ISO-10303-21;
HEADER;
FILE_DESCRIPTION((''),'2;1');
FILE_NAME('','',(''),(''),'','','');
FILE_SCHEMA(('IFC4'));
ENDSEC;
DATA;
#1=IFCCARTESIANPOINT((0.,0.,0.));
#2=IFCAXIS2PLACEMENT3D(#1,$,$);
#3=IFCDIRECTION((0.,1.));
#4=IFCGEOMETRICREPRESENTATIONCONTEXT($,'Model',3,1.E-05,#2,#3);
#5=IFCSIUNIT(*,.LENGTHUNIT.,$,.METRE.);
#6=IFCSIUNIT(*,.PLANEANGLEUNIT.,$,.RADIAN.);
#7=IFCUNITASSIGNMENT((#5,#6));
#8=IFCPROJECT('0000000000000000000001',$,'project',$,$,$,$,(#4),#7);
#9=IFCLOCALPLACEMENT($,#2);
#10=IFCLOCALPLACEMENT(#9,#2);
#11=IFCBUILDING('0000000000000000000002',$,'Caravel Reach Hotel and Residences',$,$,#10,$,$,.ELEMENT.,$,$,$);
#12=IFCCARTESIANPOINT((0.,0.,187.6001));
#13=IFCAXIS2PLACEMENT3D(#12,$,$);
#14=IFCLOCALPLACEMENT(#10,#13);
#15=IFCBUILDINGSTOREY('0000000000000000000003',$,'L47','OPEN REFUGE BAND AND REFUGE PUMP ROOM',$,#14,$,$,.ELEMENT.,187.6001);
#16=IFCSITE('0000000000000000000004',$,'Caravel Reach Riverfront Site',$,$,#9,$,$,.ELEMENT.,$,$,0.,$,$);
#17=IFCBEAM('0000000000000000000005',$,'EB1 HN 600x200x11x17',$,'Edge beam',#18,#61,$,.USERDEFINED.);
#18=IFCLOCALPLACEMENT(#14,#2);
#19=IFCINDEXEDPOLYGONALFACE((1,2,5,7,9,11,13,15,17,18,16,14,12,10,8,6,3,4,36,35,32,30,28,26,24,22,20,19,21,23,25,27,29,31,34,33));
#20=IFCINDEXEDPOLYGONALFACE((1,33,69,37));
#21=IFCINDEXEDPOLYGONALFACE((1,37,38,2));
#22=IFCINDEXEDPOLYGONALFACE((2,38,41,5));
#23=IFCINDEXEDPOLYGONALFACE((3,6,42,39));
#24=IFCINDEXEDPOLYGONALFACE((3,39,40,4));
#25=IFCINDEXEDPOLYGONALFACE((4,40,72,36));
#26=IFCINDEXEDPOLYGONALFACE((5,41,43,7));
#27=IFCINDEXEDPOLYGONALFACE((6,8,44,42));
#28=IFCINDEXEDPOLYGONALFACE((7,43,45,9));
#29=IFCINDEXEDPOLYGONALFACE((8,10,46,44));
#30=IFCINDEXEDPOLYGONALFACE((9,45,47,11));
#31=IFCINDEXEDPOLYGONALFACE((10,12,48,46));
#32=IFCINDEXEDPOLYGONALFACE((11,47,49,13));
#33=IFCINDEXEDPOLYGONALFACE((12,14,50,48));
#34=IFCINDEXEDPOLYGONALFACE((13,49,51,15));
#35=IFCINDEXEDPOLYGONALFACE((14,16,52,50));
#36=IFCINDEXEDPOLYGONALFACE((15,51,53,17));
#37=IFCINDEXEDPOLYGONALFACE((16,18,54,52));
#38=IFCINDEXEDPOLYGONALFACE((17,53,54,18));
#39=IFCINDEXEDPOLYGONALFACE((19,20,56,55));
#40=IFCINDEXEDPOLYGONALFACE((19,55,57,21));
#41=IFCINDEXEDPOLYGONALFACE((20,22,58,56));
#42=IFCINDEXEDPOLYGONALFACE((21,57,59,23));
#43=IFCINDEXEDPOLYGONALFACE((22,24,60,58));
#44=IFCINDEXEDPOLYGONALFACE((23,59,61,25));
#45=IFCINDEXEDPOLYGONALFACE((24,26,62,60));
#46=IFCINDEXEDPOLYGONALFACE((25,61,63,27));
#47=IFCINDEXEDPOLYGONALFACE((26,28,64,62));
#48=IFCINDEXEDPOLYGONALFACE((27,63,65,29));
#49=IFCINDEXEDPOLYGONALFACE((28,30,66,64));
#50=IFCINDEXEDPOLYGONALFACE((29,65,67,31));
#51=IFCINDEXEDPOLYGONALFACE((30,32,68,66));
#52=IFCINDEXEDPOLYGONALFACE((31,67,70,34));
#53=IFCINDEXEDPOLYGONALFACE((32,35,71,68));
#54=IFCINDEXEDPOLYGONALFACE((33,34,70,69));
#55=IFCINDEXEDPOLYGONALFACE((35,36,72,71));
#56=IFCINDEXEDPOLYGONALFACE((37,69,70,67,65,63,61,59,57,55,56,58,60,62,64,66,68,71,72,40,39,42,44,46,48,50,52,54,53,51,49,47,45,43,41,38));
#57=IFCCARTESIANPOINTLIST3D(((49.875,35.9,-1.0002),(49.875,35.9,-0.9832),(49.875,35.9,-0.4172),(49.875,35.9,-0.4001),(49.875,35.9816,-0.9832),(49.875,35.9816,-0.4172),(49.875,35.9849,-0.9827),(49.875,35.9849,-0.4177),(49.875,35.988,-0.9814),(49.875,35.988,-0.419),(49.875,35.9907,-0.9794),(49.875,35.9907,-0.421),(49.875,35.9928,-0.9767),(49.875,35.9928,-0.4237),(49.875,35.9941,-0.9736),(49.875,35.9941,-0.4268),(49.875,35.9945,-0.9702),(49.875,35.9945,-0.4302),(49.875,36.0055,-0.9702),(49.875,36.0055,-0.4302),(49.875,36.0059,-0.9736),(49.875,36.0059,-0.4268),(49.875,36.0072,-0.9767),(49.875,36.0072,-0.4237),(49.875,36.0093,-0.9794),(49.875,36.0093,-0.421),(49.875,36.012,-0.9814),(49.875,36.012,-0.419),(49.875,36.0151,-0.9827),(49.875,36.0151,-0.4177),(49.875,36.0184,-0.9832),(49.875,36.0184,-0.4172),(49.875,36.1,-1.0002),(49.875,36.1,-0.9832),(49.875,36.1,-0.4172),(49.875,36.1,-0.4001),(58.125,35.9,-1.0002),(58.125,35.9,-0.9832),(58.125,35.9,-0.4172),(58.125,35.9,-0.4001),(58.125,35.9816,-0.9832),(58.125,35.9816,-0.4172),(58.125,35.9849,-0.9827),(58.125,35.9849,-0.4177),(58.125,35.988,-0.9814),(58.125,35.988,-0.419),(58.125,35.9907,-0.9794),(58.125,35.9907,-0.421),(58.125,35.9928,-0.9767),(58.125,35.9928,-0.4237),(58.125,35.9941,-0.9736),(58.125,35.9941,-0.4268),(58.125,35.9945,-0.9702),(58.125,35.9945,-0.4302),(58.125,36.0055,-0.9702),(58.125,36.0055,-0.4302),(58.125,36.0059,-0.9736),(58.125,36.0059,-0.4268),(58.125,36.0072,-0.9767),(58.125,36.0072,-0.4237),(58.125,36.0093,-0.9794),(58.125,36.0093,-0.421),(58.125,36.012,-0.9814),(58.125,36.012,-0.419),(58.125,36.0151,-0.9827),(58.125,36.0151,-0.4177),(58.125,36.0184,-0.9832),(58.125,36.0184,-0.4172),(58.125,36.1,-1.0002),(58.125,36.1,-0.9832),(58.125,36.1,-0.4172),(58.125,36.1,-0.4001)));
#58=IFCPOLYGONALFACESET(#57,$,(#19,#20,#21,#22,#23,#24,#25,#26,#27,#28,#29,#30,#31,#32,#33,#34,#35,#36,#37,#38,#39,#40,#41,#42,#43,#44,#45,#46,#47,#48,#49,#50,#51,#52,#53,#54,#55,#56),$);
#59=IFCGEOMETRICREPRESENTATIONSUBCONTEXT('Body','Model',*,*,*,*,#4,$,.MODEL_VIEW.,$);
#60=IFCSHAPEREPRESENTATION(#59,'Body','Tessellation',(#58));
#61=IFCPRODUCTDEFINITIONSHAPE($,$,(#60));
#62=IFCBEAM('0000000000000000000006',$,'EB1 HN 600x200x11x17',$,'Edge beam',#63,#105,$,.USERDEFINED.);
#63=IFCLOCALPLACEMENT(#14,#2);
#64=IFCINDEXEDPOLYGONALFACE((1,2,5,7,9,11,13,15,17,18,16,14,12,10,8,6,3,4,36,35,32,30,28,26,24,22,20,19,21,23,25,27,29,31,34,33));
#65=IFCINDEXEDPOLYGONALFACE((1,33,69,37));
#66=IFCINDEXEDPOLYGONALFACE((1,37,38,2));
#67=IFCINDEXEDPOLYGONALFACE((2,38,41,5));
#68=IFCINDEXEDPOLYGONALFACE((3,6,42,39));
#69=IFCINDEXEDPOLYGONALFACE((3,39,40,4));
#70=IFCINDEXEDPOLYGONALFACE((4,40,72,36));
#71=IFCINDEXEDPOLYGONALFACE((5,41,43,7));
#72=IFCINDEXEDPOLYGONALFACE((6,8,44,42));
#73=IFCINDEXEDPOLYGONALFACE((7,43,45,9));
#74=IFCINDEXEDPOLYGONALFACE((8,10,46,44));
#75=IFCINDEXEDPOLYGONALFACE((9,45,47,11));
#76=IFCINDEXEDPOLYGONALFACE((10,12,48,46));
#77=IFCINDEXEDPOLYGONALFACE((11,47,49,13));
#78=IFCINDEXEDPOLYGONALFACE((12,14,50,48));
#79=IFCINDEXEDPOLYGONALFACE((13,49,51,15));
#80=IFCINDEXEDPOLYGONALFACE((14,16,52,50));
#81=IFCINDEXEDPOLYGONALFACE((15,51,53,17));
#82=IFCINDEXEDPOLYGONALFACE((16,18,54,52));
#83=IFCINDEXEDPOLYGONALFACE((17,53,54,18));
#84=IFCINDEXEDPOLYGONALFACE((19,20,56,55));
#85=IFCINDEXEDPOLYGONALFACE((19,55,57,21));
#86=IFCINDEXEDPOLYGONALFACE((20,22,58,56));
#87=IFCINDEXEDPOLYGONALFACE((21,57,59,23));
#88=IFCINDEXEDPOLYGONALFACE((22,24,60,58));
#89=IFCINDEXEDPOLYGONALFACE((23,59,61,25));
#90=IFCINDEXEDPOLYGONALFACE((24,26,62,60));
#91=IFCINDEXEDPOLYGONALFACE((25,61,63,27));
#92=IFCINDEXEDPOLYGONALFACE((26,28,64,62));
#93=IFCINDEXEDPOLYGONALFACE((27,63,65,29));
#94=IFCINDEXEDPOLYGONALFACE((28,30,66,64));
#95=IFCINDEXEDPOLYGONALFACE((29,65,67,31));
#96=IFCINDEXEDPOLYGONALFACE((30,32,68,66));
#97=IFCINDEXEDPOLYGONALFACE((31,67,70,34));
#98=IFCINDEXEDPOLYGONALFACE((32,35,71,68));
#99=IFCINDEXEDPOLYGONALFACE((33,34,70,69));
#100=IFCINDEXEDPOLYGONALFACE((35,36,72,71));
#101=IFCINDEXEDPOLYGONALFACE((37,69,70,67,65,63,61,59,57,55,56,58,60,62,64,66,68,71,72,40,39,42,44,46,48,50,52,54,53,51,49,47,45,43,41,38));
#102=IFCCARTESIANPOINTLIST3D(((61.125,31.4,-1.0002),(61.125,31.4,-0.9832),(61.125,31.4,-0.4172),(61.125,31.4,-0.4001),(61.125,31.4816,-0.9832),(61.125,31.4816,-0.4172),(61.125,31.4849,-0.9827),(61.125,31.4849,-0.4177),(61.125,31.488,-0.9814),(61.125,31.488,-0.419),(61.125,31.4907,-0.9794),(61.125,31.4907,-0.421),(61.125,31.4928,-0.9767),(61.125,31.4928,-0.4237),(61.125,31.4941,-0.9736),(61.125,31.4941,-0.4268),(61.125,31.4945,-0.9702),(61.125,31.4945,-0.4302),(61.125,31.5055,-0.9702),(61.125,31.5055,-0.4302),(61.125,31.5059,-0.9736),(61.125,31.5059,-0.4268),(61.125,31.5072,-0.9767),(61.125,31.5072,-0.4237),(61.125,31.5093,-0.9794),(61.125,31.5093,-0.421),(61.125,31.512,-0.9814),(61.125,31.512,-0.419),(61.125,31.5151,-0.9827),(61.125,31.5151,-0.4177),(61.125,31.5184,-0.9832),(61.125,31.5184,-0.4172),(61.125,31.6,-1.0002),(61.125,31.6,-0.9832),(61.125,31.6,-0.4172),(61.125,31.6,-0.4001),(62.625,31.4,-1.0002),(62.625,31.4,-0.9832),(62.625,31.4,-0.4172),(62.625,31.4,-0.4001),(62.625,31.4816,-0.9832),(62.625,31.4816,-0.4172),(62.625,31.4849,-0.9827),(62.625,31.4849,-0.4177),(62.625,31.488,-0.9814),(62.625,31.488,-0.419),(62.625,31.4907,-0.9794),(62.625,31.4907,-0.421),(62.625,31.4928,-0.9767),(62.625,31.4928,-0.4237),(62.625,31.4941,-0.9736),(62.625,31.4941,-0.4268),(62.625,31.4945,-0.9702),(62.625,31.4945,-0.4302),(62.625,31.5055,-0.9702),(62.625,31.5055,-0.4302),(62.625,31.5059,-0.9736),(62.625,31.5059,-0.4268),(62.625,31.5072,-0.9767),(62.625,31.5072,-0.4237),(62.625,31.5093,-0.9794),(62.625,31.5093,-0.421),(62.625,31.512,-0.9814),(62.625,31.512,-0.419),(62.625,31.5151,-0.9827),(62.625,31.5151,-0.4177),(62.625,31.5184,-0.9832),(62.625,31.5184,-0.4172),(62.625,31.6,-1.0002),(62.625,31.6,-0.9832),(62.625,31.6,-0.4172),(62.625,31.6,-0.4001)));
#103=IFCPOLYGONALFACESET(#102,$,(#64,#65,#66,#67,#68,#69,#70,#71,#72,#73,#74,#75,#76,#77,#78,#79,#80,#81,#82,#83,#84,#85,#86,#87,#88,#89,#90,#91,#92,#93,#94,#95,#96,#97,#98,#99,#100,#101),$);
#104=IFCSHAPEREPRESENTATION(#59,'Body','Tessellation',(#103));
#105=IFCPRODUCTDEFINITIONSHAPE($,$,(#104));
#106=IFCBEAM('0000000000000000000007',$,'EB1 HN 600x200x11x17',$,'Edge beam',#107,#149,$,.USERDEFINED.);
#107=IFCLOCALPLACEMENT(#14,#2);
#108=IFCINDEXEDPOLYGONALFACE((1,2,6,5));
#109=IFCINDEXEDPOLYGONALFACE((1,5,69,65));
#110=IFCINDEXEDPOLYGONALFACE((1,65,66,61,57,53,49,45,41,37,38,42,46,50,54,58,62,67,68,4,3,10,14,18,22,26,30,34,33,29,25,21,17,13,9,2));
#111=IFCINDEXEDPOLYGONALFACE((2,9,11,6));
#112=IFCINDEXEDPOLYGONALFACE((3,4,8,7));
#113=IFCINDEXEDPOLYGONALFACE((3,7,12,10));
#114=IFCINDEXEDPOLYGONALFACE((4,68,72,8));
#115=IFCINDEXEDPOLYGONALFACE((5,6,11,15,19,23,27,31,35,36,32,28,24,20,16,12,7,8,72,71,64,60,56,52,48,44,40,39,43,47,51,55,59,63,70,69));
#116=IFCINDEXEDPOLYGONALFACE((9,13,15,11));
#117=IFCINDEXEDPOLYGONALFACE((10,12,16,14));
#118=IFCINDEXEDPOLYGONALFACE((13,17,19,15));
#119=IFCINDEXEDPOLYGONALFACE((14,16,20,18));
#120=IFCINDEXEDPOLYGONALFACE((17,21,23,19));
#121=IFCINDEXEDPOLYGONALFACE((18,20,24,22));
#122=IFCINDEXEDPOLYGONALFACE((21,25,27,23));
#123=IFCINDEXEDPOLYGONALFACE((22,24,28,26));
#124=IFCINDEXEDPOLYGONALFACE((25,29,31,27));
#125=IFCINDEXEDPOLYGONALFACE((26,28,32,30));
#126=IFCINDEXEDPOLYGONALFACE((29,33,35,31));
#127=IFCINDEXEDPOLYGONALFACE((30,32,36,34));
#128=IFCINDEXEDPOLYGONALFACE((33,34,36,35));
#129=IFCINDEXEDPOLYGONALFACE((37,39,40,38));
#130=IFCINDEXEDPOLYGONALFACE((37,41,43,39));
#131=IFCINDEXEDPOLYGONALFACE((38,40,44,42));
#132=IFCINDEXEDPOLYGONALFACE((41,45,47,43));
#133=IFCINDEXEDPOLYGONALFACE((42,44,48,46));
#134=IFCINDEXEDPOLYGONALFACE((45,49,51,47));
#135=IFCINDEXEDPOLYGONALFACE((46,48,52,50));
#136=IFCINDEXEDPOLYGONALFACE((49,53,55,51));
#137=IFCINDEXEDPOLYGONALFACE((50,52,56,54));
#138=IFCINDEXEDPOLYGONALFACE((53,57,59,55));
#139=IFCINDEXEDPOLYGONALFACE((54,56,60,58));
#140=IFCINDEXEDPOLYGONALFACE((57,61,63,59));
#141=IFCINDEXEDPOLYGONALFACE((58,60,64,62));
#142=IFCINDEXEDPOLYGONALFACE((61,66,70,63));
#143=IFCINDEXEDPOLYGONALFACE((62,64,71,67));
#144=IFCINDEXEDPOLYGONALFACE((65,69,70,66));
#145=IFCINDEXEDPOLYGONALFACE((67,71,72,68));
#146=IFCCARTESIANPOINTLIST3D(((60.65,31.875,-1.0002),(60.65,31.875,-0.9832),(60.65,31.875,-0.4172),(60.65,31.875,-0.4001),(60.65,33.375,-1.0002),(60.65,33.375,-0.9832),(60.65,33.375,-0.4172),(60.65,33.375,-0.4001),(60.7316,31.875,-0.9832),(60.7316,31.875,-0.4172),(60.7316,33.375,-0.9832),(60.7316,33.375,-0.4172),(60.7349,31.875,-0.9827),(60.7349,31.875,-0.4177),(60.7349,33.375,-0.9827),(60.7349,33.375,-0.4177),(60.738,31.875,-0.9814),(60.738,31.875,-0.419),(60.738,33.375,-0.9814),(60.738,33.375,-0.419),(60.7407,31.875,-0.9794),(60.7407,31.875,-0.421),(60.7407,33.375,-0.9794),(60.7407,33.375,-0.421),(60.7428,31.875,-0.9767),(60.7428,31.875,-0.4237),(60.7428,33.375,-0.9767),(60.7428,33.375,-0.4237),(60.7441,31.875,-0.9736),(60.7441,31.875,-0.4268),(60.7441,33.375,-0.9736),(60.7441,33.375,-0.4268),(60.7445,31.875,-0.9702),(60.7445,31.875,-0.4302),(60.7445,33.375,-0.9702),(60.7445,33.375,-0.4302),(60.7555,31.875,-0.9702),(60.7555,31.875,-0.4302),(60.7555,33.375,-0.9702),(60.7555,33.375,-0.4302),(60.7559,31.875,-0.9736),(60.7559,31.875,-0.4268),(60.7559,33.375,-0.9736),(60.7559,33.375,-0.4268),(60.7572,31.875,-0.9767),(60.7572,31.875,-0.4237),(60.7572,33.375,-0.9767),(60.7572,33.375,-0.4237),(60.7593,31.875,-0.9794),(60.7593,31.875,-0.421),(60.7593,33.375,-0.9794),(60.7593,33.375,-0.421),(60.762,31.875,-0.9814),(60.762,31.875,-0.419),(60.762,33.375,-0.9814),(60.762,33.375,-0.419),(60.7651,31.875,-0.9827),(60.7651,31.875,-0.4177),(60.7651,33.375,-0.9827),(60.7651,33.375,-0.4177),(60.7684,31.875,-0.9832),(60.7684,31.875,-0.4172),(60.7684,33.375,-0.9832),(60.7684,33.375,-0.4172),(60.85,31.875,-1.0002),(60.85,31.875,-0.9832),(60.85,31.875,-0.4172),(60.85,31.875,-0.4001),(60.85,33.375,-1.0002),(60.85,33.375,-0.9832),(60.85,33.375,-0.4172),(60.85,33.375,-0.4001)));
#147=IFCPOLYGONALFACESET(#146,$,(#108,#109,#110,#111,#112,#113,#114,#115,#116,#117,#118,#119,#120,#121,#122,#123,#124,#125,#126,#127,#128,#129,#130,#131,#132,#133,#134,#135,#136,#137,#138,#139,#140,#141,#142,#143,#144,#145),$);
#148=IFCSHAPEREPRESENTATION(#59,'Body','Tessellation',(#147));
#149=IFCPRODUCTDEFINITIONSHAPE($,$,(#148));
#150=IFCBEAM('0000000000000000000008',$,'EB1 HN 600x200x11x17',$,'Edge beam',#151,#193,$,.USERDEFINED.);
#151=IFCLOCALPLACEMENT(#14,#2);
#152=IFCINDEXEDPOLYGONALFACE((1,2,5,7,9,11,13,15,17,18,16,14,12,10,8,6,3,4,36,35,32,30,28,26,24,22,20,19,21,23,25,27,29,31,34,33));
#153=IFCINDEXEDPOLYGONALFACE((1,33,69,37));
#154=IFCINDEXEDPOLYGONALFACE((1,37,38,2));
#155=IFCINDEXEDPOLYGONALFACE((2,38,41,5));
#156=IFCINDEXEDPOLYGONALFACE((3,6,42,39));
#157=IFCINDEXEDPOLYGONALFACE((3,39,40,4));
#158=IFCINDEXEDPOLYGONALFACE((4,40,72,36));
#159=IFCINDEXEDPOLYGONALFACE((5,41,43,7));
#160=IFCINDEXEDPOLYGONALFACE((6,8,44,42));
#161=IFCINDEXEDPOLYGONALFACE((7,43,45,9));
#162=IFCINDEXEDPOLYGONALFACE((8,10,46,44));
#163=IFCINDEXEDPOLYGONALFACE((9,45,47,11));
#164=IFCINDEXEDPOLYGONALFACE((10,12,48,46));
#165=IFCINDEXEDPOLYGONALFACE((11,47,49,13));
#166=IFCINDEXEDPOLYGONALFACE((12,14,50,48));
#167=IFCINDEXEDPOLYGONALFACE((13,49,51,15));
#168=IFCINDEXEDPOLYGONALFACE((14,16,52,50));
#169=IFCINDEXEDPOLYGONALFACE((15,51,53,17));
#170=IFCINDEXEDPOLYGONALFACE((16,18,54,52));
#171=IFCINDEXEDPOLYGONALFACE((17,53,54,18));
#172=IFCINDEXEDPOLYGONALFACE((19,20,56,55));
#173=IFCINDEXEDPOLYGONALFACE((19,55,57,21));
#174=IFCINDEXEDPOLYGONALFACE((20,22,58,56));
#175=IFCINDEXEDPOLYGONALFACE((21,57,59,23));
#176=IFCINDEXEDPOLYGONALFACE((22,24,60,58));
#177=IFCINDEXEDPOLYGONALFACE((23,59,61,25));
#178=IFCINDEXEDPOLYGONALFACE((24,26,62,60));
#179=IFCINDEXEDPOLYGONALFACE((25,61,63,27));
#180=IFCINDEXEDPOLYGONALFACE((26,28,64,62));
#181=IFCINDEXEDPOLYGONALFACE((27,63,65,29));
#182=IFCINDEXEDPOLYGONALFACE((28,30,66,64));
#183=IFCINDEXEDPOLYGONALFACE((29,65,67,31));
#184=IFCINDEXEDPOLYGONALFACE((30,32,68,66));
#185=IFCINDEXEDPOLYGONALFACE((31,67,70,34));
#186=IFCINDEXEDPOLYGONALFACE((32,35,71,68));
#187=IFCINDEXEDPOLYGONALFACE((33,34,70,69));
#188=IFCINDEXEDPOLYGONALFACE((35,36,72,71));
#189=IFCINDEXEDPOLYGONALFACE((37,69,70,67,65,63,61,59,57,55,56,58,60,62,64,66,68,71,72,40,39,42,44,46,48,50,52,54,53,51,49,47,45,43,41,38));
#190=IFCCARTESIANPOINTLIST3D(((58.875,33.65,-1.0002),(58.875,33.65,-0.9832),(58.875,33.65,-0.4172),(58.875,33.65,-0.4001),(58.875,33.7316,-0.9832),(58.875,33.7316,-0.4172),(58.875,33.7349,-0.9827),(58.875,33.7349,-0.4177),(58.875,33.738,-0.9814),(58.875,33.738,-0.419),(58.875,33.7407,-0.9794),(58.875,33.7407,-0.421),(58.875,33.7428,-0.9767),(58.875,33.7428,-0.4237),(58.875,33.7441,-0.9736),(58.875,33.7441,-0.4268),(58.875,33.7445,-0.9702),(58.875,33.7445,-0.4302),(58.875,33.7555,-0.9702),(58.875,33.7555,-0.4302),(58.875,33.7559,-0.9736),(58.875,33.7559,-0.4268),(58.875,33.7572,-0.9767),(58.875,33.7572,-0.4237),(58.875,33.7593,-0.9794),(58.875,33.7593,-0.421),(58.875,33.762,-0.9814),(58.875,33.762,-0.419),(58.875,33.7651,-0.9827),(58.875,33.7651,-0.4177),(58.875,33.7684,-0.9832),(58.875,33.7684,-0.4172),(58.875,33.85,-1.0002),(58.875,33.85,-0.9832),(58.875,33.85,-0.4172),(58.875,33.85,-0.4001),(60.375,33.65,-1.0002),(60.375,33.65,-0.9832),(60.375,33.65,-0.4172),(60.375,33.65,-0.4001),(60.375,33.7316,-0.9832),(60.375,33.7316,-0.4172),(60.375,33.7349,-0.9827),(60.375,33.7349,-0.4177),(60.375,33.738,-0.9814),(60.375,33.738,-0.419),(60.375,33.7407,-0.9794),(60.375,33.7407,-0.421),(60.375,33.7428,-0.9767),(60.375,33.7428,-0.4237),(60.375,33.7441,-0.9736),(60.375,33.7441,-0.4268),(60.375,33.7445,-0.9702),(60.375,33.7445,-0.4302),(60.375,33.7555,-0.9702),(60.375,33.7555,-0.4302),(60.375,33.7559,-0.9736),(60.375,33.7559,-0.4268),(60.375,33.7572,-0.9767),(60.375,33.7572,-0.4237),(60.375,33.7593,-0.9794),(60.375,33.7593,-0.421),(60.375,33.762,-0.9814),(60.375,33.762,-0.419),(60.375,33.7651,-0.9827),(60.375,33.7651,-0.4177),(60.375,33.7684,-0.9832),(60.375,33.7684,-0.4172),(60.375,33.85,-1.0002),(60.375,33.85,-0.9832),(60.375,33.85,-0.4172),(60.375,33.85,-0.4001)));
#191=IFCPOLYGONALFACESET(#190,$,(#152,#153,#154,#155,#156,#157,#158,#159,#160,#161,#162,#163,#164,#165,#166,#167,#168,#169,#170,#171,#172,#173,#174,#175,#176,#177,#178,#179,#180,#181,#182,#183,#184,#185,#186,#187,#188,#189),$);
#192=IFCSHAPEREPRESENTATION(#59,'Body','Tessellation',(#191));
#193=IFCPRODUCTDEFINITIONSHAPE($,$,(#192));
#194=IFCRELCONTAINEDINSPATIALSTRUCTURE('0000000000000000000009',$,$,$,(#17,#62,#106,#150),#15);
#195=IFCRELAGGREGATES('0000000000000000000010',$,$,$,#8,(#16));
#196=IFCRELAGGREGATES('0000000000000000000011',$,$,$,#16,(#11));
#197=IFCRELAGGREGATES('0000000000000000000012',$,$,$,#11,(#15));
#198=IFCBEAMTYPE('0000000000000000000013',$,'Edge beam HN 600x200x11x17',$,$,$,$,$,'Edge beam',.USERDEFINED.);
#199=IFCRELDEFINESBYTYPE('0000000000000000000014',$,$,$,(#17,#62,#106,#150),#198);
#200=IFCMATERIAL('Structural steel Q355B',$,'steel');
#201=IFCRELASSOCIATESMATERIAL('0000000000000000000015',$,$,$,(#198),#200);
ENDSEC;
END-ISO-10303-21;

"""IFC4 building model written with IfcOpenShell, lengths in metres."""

from ifc_helpers import new_model, si_unit, direction, frame, origin, origin_2d, place, context, subcontext, project, spatial, i_section, extrude, material, material_profile, profile_set, type_object, element, save


model = new_model("IFC4")

# Units and contexts
model_context = context("Model", 3, precision=1e-05, world=origin(), true_north=direction((0.0, 1.0)))
body_context = subcontext(model_context, "Body", "Model", "MODEL_VIEW")
ifc_project = project(units=[si_unit("LENGTHUNIT", "METRE"), si_unit("PLANEANGLEUNIT", "RADIAN")], contexts=[model_context])

# Site, building, storey
site_placement = place(None, origin())
site = spatial("IfcSite", under=ifc_project, at=site_placement, Name="Caravel Reach Riverfront Site", CompositionType="ELEMENT", RefElevation=0.0)
building_placement = place(site_placement, origin())
building = spatial("IfcBuilding", under=site, at=building_placement, Name="Caravel Reach Hotel and Residences", CompositionType="ELEMENT")
storey_placement = place(building_placement, frame((0.0, 0.0, 187.6001)))
storey = spatial("IfcBuildingStorey", under=building, at=storey_placement, Name="L47", Description="OPEN REFUGE BAND AND REFUGE PUMP ROOM", CompositionType="ELEMENT", Elevation=187.6001)

# Beams
ifc_material_1 = material(Name="Structural steel Q355B", Category="steel")
ifc_material_profile_1 = material_profile(ifc_material_1, i_section(OverallWidth=0.2, OverallDepth=0.6001, WebThickness=0.011, FlangeThickness=0.0171, FilletRadius=0.0129, at=origin_2d()), Name="HN 600x200x11x17")
ifc_profile_set_1 = profile_set([ifc_material_profile_1], Name="Structural steel Q355B")
beam_type_1 = type_object("IfcBeamType", Name="Edge beam HN 600x200x11x17", ElementType="Edge beam", PredefinedType="USERDEFINED", material=ifc_profile_set_1)
beam_1_placement = place(storey_placement, frame((58.125, 36.0, -0.7002), z_axis=(-1.0, 0.0, 0.0), x_axis=(0.0, -1.0, 0.0)))
element("IfcBeam", 1, at=beam_1_placement, inside=storey, type_object=beam_type_1, Name="EB1 HN 600x200x11x17", ObjectType="Edge beam", PredefinedType="USERDEFINED", context=body_context, shape_type="SweptSolid", body=[
    extrude(i_section(OverallWidth=0.2, OverallDepth=0.6001, WebThickness=0.011, FlangeThickness=0.0171, FilletRadius=0.0129, at=origin_2d()), origin(), (0.0, 0.0, 1.0), 8.25),
])
for number, where, z_axis, x_axis, name in (
    (2, (62.625, 31.5, -0.7002), (-1.0, 0.0, 0.0), (0.0, -1.0, 0.0), "EB1 HN 600x200x11x17"),
    (3, (60.75, 31.875, -0.7002), (0.0, 1.0, 0.0), (-1.0, 0.0, 0.0), "EB1 HN 600x200x11x17"),
    (4, (60.375, 33.75, -0.7002), (-1.0, 0.0, 0.0), (0.0, -1.0, 0.0), "EB1 HN 600x200x11x17"),
):
    element("IfcBeam", number, at=place(storey_placement, frame(where, z_axis=z_axis, x_axis=x_axis)), inside=storey, type_object=beam_type_1, Name=name, ObjectType="Edge beam", PredefinedType="USERDEFINED", context=body_context, shape_type="SweptSolid", body=[
        extrude(i_section(OverallWidth=0.2, OverallDepth=0.6001, WebThickness=0.011, FlangeThickness=0.0171, FilletRadius=0.0129, at=origin_2d()), origin(), (0.0, 0.0, 1.0), 1.5),
    ])

save(model, "model.ifc")
